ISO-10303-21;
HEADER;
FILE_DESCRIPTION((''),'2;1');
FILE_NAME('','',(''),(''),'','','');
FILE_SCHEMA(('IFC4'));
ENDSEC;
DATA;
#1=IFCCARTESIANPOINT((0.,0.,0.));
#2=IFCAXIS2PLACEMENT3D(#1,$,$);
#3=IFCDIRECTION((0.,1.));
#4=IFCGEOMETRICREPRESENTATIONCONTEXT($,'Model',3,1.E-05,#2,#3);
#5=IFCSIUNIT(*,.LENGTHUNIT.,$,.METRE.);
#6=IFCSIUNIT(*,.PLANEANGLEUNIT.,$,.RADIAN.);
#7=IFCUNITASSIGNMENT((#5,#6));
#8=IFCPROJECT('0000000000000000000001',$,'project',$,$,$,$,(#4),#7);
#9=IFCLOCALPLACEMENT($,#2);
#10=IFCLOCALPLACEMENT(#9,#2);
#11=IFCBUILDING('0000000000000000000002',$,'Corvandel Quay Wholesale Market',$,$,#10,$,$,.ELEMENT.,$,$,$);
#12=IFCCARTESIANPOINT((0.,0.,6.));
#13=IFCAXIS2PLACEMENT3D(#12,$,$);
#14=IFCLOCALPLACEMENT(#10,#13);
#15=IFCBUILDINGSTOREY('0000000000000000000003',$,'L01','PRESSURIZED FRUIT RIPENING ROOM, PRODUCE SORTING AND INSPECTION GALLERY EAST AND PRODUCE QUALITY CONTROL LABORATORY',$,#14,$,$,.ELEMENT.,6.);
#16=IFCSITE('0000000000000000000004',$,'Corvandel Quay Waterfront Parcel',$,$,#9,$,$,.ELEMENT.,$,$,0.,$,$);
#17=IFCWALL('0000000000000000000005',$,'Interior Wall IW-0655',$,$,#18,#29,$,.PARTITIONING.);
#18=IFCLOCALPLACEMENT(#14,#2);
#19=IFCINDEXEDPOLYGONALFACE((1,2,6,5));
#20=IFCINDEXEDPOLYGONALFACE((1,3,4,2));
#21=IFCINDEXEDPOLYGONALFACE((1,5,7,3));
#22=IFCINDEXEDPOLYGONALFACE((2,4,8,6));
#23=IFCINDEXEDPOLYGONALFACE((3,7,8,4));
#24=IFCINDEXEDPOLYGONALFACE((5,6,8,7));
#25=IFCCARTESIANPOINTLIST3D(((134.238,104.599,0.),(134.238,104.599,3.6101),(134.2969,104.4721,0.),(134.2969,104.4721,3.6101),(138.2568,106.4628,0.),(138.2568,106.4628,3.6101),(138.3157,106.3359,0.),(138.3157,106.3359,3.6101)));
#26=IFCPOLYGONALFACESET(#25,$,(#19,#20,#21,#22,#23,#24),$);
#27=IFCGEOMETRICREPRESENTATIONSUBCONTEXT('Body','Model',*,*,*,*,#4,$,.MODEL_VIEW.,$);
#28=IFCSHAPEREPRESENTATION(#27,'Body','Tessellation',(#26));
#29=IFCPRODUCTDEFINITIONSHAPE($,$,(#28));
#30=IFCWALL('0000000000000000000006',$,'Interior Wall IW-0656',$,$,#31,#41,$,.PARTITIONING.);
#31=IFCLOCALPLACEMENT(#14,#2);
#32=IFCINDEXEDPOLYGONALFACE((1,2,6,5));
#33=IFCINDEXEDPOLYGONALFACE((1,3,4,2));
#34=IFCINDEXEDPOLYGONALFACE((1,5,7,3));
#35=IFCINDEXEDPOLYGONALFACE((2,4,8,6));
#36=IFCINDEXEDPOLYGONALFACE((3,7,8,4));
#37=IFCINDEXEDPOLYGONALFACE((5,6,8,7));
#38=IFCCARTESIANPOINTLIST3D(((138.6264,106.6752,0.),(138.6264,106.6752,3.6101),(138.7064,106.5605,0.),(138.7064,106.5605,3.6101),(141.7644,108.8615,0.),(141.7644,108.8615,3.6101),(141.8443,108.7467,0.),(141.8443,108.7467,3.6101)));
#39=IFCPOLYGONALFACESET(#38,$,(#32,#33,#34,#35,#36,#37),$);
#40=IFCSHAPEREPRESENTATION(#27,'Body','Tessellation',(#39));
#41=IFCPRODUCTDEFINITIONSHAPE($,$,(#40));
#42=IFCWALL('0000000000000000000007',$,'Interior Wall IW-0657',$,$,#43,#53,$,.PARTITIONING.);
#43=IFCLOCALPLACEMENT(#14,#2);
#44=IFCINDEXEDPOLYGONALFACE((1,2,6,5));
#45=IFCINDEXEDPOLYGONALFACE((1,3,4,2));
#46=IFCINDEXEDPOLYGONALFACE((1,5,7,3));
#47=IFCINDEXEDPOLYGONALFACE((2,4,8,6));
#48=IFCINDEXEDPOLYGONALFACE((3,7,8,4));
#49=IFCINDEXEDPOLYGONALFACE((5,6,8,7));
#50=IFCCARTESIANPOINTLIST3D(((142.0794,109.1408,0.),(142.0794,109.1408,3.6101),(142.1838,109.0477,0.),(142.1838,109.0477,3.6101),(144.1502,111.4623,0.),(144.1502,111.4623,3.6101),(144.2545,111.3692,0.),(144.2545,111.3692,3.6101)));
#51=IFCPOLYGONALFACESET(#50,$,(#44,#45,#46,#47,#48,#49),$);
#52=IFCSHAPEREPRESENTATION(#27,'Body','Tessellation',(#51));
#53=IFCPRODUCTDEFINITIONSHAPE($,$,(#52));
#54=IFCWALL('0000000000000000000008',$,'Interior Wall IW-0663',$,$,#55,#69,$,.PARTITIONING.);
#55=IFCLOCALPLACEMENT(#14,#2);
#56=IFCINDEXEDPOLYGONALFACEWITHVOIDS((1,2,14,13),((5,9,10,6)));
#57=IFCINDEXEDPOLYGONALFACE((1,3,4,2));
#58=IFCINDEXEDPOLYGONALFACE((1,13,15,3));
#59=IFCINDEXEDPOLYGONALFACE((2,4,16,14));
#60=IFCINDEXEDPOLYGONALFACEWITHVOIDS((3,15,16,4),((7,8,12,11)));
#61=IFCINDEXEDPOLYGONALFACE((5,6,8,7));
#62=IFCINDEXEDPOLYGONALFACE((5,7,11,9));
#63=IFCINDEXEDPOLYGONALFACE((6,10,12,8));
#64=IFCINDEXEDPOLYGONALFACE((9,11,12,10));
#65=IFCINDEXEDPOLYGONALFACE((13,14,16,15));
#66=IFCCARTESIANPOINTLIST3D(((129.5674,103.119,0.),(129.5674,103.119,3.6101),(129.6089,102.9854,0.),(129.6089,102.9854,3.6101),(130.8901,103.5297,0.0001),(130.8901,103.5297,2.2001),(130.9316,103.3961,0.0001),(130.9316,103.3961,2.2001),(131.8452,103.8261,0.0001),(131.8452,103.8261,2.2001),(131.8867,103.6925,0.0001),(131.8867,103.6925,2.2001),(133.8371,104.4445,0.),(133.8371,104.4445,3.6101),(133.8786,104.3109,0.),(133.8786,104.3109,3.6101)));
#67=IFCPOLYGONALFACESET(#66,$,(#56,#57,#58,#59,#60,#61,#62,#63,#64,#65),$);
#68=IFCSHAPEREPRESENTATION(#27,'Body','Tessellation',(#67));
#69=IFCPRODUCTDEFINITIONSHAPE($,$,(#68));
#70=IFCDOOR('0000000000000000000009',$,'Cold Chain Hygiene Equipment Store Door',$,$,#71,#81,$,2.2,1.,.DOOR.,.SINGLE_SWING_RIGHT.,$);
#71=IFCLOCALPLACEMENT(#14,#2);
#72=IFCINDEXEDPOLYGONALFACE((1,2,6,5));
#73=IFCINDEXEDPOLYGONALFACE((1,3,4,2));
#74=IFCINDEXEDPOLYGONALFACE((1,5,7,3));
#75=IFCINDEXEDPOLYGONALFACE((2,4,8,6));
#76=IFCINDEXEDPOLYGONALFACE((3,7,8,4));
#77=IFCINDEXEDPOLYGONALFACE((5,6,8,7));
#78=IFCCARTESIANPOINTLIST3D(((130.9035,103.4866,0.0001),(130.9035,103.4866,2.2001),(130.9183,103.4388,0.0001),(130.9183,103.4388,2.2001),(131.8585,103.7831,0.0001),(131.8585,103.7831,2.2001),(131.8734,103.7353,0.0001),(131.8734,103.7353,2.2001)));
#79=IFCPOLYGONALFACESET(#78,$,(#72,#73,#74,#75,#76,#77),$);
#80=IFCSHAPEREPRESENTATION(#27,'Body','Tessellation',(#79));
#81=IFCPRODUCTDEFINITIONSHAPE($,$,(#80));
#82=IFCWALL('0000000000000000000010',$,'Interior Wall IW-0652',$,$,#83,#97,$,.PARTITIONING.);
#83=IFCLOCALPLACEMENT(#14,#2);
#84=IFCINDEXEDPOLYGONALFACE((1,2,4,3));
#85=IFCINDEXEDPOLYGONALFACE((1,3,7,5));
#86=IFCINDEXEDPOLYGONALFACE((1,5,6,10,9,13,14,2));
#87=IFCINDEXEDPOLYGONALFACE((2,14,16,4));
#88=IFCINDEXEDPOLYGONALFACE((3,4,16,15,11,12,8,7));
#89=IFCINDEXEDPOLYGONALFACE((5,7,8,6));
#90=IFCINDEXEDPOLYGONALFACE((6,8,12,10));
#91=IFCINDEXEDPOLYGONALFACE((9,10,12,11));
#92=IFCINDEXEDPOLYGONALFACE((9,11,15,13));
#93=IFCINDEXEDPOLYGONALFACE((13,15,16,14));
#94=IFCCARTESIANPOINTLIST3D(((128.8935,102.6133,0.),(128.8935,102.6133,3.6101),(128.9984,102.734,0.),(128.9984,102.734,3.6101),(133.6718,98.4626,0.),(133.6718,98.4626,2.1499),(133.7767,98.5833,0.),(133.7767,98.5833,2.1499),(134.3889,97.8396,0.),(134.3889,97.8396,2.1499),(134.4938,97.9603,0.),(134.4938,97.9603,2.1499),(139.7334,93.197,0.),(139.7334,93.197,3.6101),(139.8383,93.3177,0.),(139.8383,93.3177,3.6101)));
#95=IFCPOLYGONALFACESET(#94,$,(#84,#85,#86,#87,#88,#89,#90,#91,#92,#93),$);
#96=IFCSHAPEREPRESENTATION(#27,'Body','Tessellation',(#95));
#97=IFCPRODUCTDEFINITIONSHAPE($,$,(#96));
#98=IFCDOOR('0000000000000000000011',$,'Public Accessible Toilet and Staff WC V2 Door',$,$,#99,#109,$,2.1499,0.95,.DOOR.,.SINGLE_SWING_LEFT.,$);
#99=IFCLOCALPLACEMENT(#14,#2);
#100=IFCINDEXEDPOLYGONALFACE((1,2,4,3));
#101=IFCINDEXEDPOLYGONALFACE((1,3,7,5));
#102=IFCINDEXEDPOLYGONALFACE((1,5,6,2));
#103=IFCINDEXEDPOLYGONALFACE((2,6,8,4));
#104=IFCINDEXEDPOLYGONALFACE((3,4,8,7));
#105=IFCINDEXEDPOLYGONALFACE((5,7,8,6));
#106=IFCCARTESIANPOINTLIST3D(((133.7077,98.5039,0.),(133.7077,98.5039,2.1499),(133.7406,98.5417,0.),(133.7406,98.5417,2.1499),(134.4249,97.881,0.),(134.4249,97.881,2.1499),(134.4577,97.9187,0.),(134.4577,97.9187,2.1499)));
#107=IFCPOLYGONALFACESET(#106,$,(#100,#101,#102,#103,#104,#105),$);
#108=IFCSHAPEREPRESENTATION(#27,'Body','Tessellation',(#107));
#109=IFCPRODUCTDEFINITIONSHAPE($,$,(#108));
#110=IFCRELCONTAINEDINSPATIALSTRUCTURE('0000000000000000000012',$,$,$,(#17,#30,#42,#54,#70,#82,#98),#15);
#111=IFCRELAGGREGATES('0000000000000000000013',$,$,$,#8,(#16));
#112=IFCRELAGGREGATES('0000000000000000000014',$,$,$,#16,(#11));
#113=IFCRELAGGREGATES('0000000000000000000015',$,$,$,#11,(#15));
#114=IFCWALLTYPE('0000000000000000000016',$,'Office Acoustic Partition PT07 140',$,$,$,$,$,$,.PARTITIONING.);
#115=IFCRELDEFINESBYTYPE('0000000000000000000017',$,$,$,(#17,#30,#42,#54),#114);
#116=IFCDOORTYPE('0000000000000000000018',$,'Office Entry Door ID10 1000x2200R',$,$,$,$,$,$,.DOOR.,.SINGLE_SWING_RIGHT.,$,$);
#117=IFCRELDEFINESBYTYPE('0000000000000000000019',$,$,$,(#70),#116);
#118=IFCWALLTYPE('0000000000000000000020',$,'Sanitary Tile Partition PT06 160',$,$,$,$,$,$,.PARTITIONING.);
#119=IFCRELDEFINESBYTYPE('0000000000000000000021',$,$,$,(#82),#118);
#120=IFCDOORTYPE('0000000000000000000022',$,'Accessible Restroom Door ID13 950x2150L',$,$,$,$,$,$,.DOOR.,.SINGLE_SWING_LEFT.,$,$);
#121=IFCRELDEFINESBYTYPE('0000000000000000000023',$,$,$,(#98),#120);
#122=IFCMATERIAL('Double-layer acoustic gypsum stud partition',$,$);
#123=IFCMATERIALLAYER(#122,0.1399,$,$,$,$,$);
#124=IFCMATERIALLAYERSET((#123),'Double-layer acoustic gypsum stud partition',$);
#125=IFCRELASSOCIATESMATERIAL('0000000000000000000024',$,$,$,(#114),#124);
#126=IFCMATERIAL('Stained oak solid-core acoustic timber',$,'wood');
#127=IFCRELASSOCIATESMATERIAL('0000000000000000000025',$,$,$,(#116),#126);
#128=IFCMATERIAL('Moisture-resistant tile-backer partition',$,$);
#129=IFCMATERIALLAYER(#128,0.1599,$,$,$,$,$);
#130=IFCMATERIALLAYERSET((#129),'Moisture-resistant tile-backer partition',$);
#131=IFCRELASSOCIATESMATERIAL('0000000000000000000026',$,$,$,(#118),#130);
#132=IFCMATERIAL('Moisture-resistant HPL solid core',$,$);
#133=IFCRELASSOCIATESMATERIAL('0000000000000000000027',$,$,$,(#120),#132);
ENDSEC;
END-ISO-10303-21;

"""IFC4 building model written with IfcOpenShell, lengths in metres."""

from ifc_helpers import new_model, si_unit, direction, frame, frame_2d, origin, place, context, subcontext, project, spatial, rectangle, extrude, material, layer, layer_set, type_object, element, fill, save


model = new_model("IFC4")

# Units and contexts
model_context = context("Model", 3, precision=1e-05, world=origin(), true_north=direction((0.0, 1.0)))
body_context = subcontext(model_context, "Body", "Model", "MODEL_VIEW")
ifc_project = project(units=[si_unit("LENGTHUNIT", "METRE"), si_unit("PLANEANGLEUNIT", "RADIAN")], contexts=[model_context])

# Site, building, storey
site_placement = place(None, origin())
site = spatial("IfcSite", under=ifc_project, at=site_placement, Name="Corvandel Quay Waterfront Parcel", CompositionType="ELEMENT", RefElevation=0.0)
building_placement = place(site_placement, origin())
building = spatial("IfcBuilding", under=site, at=building_placement, Name="Corvandel Quay Wholesale Market", CompositionType="ELEMENT")
storey_placement = place(building_placement, frame((0.0, 0.0, 6.0)))
storey = spatial("IfcBuildingStorey", under=building, at=storey_placement, Name="L01", Description="PRESSURIZED FRUIT RIPENING ROOM, PRODUCE SORTING AND INSPECTION GALLERY EAST AND PRODUCE QUALITY CONTROL LABORATORY", CompositionType="ELEMENT", Elevation=6.0)

# Walls
ifc_material_1 = material(Name="Double-layer acoustic gypsum stud partition")
ifc_layer_1 = layer(ifc_material_1, 0.1399)
ifc_layer_set_1 = layer_set([ifc_layer_1], Name="Double-layer acoustic gypsum stud partition")
wall_type_1 = type_object("IfcWallType", Name="Office Acoustic Partition PT07 140", PredefinedType="PARTITIONING", material=ifc_layer_set_1)
wall_1_placement = place(storey_placement, frame((134.2676, 104.5356, 0.0), z_axis=(0.0, 0.0, 1.0), x_axis=(0.90719, 0.420721, 0.0)))
element("IfcWall", 1, at=wall_1_placement, inside=storey, type_object=wall_type_1, Name="Interior Wall IW-0655", PredefinedType="PARTITIONING", context=body_context, shape_type="SweptSolid", body=[
    extrude(rectangle(XDim=4.4299, YDim=0.1399, at=frame_2d((2.2148, 0.0))), origin(), (0.0, 0.0, 1.0), 3.6101),
])
wall_2_placement = place(storey_placement, frame((138.6665, 106.6179, 0.0), z_axis=(0.0, 0.0, 1.0), x_axis=(0.820493, 0.571657, 0.0)))
element("IfcWall", 2, at=wall_2_placement, inside=storey, type_object=wall_type_1, Name="Interior Wall IW-0656", PredefinedType="PARTITIONING", context=body_context, shape_type="SweptSolid", body=[
    extrude(rectangle(XDim=3.8245, YDim=0.1399, at=frame_2d((1.9121, 0.0))), origin(), (0.0, 0.0, 1.0), 3.6101),
])
wall_3_placement = place(storey_placement, frame((142.1316, 109.0942, 0.0), z_axis=(0.0, 0.0, 1.0), x_axis=(0.665659, 0.746256, 0.0)))
element("IfcWall", 3, at=wall_3_placement, inside=storey, type_object=wall_type_1, Name="Interior Wall IW-0657", PredefinedType="PARTITIONING", context=body_context, shape_type="SweptSolid", body=[
    extrude(rectangle(XDim=3.1108, YDim=0.1399, at=frame_2d((1.5554, 0.0))), origin(), (0.0, 0.0, 1.0), 3.6101),
])

# Walls, openings, doors
wall_4_placement = place(storey_placement, frame((129.5881, 103.0522, 0.0), z_axis=(0.0, 0.0, 1.0), x_axis=(0.955043, 0.296468, 0.0)))
wall_4 = element("IfcWall", 4, at=wall_4_placement, inside=storey, type_object=wall_type_1, Name="Interior Wall IW-0663", PredefinedType="PARTITIONING", context=body_context, shape_type="SweptSolid", body=[
    extrude(rectangle(XDim=4.4707, YDim=0.1399, at=frame_2d((2.2354, 0.0))), origin(), (0.0, 0.0, 1.0), 3.6101),
])
opening_1_placement = place(wall_4_placement, frame((1.385, 0.0, 0.0)))
opening_1 = element("IfcOpeningElement", 5, at=opening_1_placement, cuts=wall_4, PredefinedType="OPENING", context=body_context, shape_type="SweptSolid", body=[
    extrude(rectangle(XDim=1.0, YDim=2.2, at=frame_2d((0.5, 1.1001))), frame((0.0, 0.0798, 0.0), z_axis=(0.0, -1.0, 0.0), x_axis=(1.0, 0.0, 0.0)), (0.0, 0.0, 1.0), 0.1599),
])
ifc_material_2 = material(Name="Stained oak solid-core acoustic timber", Category="wood")
door_type_1 = type_object("IfcDoorType", Name="Office Entry Door ID10 1000x2200R", OperationType="SINGLE_SWING_RIGHT", PredefinedType="DOOR", material=ifc_material_2)
door_1_placement = place(opening_1_placement, origin())
door_1 = element("IfcDoor", 6, at=door_1_placement, inside=storey, type_object=door_type_1, Name="Cold Chain Hygiene Equipment Store Door", OperationType="SINGLE_SWING_RIGHT", OverallHeight=2.2, OverallWidth=1.0, PredefinedType="DOOR", context=body_context, shape_type="SweptSolid", body=[
    extrude(rectangle(XDim=1.0, YDim=2.2, at=frame_2d((0.5, 1.1001))), frame((0.0, 0.0249, 0.0), z_axis=(0.0, -1.0, 0.0), x_axis=(1.0, 0.0, 0.0)), (0.0, 0.0, 1.0), 0.05),
])
fill(opening_1, door_1)
ifc_material_3 = material(Name="Moisture-resistant tile-backer partition")
ifc_layer_2 = layer(ifc_material_3, 0.1599)
ifc_layer_set_2 = layer_set([ifc_layer_2], Name="Moisture-resistant tile-backer partition")
wall_type_2 = type_object("IfcWallType", Name="Sanitary Tile Partition PT06 160", PredefinedType="PARTITIONING", material=ifc_layer_set_2)
wall_5_placement = place(storey_placement, frame((128.946, 102.6736, 0.0), z_axis=(0.0, 0.0, 1.0), x_axis=(0.75494, -0.655794, 0.0)))
wall_5 = element("IfcWall", 7, at=wall_5_placement, inside=storey, type_object=wall_type_2, Name="Interior Wall IW-0652", PredefinedType="PARTITIONING", context=body_context, shape_type="SweptSolid", body=[
    extrude(rectangle(XDim=14.3586, YDim=0.1599, at=frame_2d((7.1792, 0.0))), origin(), (0.0, 0.0, 1.0), 3.6101),
])
opening_2_placement = place(wall_5_placement, frame((6.3291, 0.0, 0.0)))
opening_2 = element("IfcOpeningElement", 8, at=opening_2_placement, cuts=wall_5, PredefinedType="OPENING", context=body_context, shape_type="SweptSolid", body=[
    extrude(rectangle(XDim=0.95, YDim=2.1499, at=frame_2d((0.4751, 1.075))), frame((0.0, 0.0898, 0.0), z_axis=(0.0, -1.0, 0.0), x_axis=(1.0, 0.0, 0.0)), (0.0, 0.0, 1.0), 0.1799),
])
ifc_material_4 = material(Name="Moisture-resistant HPL solid core")
door_type_2 = type_object("IfcDoorType", Name="Accessible Restroom Door ID13 950x2150L", OperationType="SINGLE_SWING_LEFT", PredefinedType="DOOR", material=ifc_material_4)
door_2_placement = place(opening_2_placement, origin())
door_2 = element("IfcDoor", 9, at=door_2_placement, inside=storey, type_object=door_type_2, Name="Public Accessible Toilet and Staff WC V2 Door", OperationType="SINGLE_SWING_LEFT", OverallHeight=2.1499, OverallWidth=0.95, PredefinedType="DOOR", context=body_context, shape_type="SweptSolid", body=[
    extrude(rectangle(XDim=0.95, YDim=2.1499, at=frame_2d((0.4751, 1.075))), frame((0.0, 0.0249, 0.0), z_axis=(0.0, -1.0, 0.0), x_axis=(1.0, 0.0, 0.0)), (0.0, 0.0, 1.0), 0.05),
])
fill(opening_2, door_2)

save(model, "model.ifc")
